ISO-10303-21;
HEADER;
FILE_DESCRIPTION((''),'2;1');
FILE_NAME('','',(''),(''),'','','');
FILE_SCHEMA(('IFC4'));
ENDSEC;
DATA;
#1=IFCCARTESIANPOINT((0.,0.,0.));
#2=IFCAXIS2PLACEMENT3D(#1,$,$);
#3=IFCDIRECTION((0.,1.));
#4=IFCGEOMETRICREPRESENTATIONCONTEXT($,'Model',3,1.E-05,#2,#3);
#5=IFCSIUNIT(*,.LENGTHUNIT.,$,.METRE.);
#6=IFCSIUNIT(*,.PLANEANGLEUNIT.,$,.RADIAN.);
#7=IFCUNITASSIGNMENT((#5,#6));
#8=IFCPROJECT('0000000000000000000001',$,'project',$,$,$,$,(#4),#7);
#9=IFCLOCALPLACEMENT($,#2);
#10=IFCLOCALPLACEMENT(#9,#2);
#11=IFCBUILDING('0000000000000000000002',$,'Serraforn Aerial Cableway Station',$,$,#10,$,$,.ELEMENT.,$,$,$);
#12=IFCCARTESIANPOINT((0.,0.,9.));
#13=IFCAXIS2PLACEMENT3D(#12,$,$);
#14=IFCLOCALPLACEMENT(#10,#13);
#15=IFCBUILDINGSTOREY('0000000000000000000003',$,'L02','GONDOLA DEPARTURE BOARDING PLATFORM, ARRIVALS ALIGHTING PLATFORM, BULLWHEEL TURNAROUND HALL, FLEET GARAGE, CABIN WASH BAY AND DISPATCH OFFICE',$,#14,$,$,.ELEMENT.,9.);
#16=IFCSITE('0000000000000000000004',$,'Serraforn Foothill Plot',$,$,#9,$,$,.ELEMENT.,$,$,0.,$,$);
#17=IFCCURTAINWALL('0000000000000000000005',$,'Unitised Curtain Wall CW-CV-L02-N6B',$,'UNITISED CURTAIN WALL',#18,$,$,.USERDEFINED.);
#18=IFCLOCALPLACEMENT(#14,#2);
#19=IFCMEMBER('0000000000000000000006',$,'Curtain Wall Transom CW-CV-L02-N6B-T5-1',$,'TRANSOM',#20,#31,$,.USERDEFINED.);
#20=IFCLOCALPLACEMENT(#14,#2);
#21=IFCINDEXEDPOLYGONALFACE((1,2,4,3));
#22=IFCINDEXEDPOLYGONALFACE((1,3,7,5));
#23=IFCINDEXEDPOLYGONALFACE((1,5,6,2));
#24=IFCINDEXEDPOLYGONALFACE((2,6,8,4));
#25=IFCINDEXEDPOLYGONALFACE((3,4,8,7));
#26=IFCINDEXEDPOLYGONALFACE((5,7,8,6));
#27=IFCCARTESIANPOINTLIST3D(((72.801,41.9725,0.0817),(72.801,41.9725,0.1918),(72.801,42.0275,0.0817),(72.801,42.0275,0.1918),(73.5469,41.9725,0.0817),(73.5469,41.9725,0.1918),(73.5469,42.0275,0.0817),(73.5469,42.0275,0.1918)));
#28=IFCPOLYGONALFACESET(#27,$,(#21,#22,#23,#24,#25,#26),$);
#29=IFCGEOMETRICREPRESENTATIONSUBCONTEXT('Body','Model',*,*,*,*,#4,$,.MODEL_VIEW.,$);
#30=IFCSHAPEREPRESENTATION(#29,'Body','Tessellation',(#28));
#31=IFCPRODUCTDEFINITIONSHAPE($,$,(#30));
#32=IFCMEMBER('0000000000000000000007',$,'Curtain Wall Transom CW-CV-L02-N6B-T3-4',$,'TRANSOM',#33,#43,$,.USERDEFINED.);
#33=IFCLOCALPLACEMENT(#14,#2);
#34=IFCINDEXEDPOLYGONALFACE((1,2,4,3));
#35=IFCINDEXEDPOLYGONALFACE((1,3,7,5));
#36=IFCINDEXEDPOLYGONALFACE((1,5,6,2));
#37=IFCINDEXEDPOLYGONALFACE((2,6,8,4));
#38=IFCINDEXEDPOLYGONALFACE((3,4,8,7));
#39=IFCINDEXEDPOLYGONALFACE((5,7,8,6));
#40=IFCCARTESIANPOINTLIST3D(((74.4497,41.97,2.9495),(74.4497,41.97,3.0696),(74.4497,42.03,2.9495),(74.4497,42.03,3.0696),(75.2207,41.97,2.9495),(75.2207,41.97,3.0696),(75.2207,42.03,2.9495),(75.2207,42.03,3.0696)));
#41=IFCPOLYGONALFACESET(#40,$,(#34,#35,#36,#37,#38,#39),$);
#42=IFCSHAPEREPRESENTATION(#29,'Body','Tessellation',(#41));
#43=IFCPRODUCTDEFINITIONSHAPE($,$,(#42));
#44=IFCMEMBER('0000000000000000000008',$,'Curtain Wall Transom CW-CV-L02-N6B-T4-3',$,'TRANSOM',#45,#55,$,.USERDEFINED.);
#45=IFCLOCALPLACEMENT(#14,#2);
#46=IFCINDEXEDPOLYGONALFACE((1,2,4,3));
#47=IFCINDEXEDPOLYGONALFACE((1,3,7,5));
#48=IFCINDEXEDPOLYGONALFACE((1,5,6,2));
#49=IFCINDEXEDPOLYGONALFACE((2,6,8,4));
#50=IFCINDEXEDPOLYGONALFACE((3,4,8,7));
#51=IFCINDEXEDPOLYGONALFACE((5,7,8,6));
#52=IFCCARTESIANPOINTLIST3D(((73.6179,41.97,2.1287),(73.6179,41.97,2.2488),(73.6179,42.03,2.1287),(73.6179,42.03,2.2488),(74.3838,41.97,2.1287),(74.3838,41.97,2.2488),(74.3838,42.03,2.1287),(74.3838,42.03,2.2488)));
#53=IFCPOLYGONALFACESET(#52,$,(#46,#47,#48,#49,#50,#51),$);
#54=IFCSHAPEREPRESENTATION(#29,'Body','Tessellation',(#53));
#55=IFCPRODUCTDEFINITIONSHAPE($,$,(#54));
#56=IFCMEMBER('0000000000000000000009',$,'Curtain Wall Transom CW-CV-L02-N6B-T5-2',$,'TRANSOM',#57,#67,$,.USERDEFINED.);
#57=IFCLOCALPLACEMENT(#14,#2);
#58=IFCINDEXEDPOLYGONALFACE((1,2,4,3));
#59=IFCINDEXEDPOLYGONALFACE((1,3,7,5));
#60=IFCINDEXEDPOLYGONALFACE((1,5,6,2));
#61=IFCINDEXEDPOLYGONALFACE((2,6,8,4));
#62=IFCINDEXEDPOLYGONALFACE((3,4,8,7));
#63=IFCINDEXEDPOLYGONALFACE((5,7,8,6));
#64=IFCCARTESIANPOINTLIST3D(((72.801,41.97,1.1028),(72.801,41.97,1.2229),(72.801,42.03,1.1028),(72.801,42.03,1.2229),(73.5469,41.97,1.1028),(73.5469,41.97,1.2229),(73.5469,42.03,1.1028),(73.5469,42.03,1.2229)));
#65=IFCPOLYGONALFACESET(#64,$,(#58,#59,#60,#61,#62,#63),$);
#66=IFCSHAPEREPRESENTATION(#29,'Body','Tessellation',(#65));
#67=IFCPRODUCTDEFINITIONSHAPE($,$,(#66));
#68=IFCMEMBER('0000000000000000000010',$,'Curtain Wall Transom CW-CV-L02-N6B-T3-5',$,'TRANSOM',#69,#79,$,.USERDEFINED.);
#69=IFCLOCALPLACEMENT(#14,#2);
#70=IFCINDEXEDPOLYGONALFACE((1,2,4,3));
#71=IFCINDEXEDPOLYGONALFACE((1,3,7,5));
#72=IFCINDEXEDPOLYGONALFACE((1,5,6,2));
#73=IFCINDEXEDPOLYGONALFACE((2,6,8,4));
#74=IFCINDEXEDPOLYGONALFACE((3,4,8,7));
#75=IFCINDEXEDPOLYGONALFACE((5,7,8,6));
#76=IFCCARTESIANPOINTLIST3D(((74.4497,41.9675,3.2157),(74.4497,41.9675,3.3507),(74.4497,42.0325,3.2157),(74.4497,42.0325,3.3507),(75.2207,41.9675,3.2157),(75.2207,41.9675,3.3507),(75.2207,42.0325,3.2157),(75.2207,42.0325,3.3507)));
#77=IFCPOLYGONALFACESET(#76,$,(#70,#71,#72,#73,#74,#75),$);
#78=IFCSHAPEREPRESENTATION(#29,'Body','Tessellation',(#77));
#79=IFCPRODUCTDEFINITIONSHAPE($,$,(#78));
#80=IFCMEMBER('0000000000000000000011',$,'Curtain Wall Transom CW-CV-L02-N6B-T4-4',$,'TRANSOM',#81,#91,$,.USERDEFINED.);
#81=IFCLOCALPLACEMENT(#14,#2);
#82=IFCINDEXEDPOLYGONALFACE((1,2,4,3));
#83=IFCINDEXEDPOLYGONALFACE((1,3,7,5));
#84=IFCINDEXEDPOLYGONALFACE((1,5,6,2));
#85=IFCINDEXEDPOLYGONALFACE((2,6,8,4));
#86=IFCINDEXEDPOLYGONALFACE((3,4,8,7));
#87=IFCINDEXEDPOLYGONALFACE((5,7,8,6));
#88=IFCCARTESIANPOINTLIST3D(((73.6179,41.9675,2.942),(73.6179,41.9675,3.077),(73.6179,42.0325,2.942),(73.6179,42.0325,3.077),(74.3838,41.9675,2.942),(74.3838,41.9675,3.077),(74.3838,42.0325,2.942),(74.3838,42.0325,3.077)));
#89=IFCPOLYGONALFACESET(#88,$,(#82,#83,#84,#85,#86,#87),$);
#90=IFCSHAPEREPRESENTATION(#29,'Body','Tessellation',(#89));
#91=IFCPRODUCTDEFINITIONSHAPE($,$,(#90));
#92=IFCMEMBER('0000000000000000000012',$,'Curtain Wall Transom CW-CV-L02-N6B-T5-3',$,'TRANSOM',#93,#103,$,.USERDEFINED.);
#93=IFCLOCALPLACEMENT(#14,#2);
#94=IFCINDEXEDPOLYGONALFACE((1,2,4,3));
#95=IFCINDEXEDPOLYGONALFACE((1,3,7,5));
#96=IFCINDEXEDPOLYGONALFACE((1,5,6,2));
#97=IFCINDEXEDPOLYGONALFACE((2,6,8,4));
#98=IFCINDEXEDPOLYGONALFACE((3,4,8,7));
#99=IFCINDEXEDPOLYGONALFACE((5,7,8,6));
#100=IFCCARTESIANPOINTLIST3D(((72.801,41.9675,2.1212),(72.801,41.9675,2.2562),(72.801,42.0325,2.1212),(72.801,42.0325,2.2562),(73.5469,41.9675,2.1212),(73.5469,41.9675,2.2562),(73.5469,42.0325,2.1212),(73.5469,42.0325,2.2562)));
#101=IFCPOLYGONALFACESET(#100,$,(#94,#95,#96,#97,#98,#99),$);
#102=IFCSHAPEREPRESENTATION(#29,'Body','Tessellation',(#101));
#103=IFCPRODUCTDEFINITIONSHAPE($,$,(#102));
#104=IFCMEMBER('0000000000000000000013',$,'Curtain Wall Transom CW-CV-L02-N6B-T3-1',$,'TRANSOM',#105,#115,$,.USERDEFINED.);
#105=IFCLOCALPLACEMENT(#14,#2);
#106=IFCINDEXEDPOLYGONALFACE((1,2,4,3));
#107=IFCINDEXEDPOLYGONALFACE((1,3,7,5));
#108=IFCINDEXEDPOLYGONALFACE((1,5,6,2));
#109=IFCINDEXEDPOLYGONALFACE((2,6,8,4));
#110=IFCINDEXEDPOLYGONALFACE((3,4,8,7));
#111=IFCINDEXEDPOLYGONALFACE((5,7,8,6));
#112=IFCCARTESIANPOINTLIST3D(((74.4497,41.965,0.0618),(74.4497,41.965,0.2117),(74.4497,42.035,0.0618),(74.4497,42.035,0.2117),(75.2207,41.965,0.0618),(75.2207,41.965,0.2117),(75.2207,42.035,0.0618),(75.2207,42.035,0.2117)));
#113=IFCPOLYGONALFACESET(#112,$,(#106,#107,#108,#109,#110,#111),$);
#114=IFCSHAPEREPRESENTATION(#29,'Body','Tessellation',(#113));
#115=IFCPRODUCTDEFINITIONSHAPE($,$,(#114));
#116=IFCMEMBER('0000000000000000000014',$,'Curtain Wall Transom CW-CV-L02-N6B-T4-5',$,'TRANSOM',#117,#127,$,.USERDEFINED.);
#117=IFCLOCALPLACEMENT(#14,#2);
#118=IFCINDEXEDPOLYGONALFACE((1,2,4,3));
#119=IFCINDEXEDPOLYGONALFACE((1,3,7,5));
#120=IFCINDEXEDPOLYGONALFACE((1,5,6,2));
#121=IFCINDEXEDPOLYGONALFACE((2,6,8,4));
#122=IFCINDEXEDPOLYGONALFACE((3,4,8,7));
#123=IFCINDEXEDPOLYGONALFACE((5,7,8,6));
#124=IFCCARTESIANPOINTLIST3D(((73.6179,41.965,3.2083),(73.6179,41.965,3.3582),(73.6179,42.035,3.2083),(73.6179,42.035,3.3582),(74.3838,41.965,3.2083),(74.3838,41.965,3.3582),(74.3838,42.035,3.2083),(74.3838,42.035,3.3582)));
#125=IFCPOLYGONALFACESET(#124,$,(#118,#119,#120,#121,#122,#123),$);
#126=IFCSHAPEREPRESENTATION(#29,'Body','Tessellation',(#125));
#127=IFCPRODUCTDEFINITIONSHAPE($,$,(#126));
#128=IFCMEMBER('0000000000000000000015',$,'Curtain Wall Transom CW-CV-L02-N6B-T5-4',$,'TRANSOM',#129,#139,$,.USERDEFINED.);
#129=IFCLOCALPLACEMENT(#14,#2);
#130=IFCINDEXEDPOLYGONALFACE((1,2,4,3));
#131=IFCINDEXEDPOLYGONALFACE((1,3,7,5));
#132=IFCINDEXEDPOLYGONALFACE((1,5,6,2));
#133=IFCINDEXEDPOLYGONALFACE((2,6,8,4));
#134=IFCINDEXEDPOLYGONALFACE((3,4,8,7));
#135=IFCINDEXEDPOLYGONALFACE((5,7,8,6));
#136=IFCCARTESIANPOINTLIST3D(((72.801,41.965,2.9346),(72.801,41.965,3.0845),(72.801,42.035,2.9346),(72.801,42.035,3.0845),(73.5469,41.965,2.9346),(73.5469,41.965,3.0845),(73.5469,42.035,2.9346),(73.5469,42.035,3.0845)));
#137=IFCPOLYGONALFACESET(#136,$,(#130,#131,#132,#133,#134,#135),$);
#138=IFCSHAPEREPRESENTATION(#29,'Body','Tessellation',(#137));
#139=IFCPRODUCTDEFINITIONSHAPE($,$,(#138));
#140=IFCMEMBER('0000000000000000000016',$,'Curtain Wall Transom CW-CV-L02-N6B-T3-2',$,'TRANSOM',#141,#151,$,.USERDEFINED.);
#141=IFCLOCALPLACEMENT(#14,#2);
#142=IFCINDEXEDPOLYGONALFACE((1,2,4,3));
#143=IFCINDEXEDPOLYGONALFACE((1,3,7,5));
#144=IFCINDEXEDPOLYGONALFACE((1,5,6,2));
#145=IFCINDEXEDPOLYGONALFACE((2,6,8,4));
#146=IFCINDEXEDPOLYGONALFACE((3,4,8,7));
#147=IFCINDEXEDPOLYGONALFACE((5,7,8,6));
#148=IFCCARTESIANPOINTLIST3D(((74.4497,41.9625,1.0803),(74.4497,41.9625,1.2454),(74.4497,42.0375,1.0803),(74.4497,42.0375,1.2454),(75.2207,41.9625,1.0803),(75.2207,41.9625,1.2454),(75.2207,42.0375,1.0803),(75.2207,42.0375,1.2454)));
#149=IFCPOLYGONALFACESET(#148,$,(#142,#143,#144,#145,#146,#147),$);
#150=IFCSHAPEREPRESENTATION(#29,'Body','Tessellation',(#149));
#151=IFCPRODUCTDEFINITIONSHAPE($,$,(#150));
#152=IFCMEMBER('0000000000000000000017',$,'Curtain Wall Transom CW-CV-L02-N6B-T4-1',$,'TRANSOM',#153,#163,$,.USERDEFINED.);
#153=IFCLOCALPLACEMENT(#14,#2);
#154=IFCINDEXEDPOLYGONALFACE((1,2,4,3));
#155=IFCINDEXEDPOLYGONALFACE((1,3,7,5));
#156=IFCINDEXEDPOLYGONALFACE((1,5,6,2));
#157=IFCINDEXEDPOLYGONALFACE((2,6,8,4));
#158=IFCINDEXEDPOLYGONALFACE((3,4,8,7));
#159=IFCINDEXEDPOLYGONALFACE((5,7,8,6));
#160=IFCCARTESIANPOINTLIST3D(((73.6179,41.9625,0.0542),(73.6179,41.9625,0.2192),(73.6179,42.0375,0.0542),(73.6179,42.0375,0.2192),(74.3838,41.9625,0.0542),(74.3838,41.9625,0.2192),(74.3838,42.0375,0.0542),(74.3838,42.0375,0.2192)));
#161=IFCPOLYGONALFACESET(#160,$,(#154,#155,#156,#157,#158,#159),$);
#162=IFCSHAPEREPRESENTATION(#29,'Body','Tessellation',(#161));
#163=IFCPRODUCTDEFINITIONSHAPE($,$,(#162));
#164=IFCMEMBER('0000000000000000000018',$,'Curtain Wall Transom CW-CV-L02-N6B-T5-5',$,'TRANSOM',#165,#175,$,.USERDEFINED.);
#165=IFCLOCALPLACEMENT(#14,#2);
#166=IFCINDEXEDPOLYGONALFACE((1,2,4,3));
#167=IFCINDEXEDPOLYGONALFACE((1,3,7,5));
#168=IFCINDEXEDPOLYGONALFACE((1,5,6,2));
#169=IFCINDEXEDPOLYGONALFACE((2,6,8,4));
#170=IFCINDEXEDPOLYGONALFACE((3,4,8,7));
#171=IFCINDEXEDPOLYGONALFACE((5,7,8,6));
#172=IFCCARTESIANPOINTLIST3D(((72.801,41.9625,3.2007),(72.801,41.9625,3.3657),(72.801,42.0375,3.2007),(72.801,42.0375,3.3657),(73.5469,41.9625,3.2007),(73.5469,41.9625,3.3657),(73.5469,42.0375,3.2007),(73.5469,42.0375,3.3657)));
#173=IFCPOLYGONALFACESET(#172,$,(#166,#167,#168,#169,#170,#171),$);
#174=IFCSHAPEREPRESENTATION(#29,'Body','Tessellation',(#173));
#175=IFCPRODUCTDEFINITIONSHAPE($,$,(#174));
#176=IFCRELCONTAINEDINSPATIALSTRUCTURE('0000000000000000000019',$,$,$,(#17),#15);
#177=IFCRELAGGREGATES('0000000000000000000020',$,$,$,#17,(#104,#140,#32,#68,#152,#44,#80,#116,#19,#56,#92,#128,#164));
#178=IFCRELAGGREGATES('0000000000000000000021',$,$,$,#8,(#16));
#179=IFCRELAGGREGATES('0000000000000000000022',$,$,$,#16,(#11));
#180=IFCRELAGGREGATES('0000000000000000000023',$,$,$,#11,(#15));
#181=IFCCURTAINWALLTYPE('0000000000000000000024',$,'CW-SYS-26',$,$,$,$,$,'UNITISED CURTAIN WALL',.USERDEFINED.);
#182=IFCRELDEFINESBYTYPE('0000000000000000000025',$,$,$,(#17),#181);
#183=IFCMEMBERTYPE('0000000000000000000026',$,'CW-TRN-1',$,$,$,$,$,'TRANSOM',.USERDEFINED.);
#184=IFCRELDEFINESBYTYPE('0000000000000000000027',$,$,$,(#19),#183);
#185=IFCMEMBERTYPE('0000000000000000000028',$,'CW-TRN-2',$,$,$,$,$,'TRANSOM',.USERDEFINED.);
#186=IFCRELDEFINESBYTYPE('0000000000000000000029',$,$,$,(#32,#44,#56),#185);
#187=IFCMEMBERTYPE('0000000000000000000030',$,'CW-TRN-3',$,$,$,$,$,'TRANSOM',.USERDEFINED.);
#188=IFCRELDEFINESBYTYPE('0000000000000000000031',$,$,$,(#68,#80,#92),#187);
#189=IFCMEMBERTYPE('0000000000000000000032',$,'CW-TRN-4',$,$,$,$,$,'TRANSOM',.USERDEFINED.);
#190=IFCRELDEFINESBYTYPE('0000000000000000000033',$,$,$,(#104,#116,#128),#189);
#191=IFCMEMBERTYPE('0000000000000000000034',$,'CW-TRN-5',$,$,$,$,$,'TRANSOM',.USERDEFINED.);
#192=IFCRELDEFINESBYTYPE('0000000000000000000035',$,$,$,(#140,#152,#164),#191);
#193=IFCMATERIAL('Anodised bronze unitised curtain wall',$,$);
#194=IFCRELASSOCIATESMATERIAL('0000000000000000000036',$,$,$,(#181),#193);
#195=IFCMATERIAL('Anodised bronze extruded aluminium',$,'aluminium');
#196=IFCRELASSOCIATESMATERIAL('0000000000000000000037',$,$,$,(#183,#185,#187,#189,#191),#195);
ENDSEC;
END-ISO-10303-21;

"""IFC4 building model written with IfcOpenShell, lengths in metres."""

from ifc_helpers import new_model, si_unit, direction, frame, origin, origin_2d, place, context, subcontext, project, spatial, rectangle, extrude, material, material_profile, profile_set, type_object, element, aggregate, save


model = new_model("IFC4")

# Units and contexts
model_context = context("Model", 3, precision=1e-05, world=origin(), true_north=direction((0.0, 1.0)))
body_context = subcontext(model_context, "Body", "Model", "MODEL_VIEW")
ifc_project = project(units=[si_unit("LENGTHUNIT", "METRE"), si_unit("PLANEANGLEUNIT", "RADIAN")], contexts=[model_context])

# Site, building, storey
site_placement = place(None, origin())
site = spatial("IfcSite", under=ifc_project, at=site_placement, Name="Serraforn Foothill Plot", CompositionType="ELEMENT", RefElevation=0.0)
building_placement = place(site_placement, origin())
building = spatial("IfcBuilding", under=site, at=building_placement, Name="Serraforn Aerial Cableway Station", CompositionType="ELEMENT")
storey_placement = place(building_placement, frame((0.0, 0.0, 9.0)))
storey = spatial("IfcBuildingStorey", under=building, at=storey_placement, Name="L02", Description="GONDOLA DEPARTURE BOARDING PLATFORM, ARRIVALS ALIGHTING PLATFORM, BULLWHEEL TURNAROUND HALL, FLEET GARAGE, CABIN WASH BAY AND DISPATCH OFFICE", CompositionType="ELEMENT", Elevation=9.0)

# Curtain wall, members
ifc_material_1 = material(Name="Anodised bronze unitised curtain wall")
curtain_wall_type = type_object("IfcCurtainWallType", Name="CW-SYS-26", ElementType="UNITISED CURTAIN WALL", PredefinedType="USERDEFINED", material=ifc_material_1)
curtain_wall_placement = place(storey_placement, origin())
curtain_wall = element("IfcCurtainWall", 1, at=curtain_wall_placement, inside=storey, type_object=curtain_wall_type, Name="Unitised Curtain Wall CW-CV-L02-N6B", ObjectType="UNITISED CURTAIN WALL", PredefinedType="USERDEFINED")
ifc_material_2 = material(Name="Anodised bronze extruded aluminium", Category="aluminium")
ifc_material_profile_1 = material_profile(ifc_material_2, rectangle(XDim=0.0549, YDim=0.1101, at=origin_2d()), Name="CW TRANSOM 55x110")
ifc_profile_set_1 = profile_set([ifc_material_profile_1], Name="Anodised bronze extruded aluminium")
member_type_1 = type_object("IfcMemberType", Name="CW-TRN-1", ElementType="TRANSOM", PredefinedType="USERDEFINED", material=ifc_profile_set_1)
member_1_placement = place(storey_placement, frame((73.5469, 42.0, 0.1367), z_axis=(-1.0, 0.0, 0.0), x_axis=(0.0, -1.0, 0.0)))
member_1 = element("IfcMember", 2, at=member_1_placement, type_object=member_type_1, Name="Curtain Wall Transom CW-CV-L02-N6B-T5-1", ObjectType="TRANSOM", PredefinedType="USERDEFINED", context=body_context, shape_type="SweptSolid", body=[
    extrude(rectangle(XDim=0.0549, YDim=0.1101, at=origin_2d()), origin(), (0.0, 0.0, 1.0), 0.7458),
])
ifc_material_profile_2 = material_profile(ifc_material_2, rectangle(XDim=0.0601, YDim=0.1201, at=origin_2d()), Name="CW TRANSOM 60x120")
ifc_profile_set_2 = profile_set([ifc_material_profile_2], Name="Anodised bronze extruded aluminium")
member_type_2 = type_object("IfcMemberType", Name="CW-TRN-2", ElementType="TRANSOM", PredefinedType="USERDEFINED", material=ifc_profile_set_2)
member_2_placement = place(storey_placement, frame((75.2207, 42.0, 3.0095), z_axis=(-1.0, 0.0, 0.0), x_axis=(0.0, -1.0, 0.0)))
member_2 = element("IfcMember", 3, at=member_2_placement, type_object=member_type_2, Name="Curtain Wall Transom CW-CV-L02-N6B-T3-4", ObjectType="TRANSOM", PredefinedType="USERDEFINED", context=body_context, shape_type="SweptSolid", body=[
    extrude(rectangle(XDim=0.0601, YDim=0.1201, at=origin_2d()), origin(), (0.0, 0.0, 1.0), 0.771),
])
member_3_placement = place(storey_placement, frame((74.3838, 42.0, 2.1887), z_axis=(-1.0, 0.0, 0.0), x_axis=(0.0, -1.0, 0.0)))
member_3 = element("IfcMember", 4, at=member_3_placement, type_object=member_type_2, Name="Curtain Wall Transom CW-CV-L02-N6B-T4-3", ObjectType="TRANSOM", PredefinedType="USERDEFINED", context=body_context, shape_type="SweptSolid", body=[
    extrude(rectangle(XDim=0.0601, YDim=0.1201, at=origin_2d()), origin(), (0.0, 0.0, 1.0), 0.7659),
])
member_4_placement = place(storey_placement, frame((73.5469, 42.0, 1.1628), z_axis=(-1.0, 0.0, 0.0), x_axis=(0.0, -1.0, 0.0)))
member_4 = element("IfcMember", 5, at=member_4_placement, type_object=member_type_2, Name="Curtain Wall Transom CW-CV-L02-N6B-T5-2", ObjectType="TRANSOM", PredefinedType="USERDEFINED", context=body_context, shape_type="SweptSolid", body=[
    extrude(rectangle(XDim=0.0601, YDim=0.1201, at=origin_2d()), origin(), (0.0, 0.0, 1.0), 0.7458),
])
ifc_material_profile_3 = material_profile(ifc_material_2, rectangle(XDim=0.0649, YDim=0.135, at=origin_2d()), Name="CW TRANSOM 65x135")
ifc_profile_set_3 = profile_set([ifc_material_profile_3], Name="Anodised bronze extruded aluminium")
member_type_3 = type_object("IfcMemberType", Name="CW-TRN-3", ElementType="TRANSOM", PredefinedType="USERDEFINED", material=ifc_profile_set_3)
member_5_placement = place(storey_placement, frame((75.2207, 42.0, 3.2832), z_axis=(-1.0, 0.0, 0.0), x_axis=(0.0, -1.0, 0.0)))
member_5 = element("IfcMember", 6, at=member_5_placement, type_object=member_type_3, Name="Curtain Wall Transom CW-CV-L02-N6B-T3-5", ObjectType="TRANSOM", PredefinedType="USERDEFINED", context=body_context, shape_type="SweptSolid", body=[
    extrude(rectangle(XDim=0.0649, YDim=0.135, at=origin_2d()), origin(), (0.0, 0.0, 1.0), 0.771),
])
member_6_placement = place(storey_placement, frame((74.3838, 42.0, 3.0095), z_axis=(-1.0, 0.0, 0.0), x_axis=(0.0, -1.0, 0.0)))
member_6 = element("IfcMember", 7, at=member_6_placement, type_object=member_type_3, Name="Curtain Wall Transom CW-CV-L02-N6B-T4-4", ObjectType="TRANSOM", PredefinedType="USERDEFINED", context=body_context, shape_type="SweptSolid", body=[
    extrude(rectangle(XDim=0.0649, YDim=0.135, at=origin_2d()), origin(), (0.0, 0.0, 1.0), 0.7659),
])
member_7_placement = place(storey_placement, frame((73.5469, 42.0, 2.1887), z_axis=(-1.0, 0.0, 0.0), x_axis=(0.0, -1.0, 0.0)))
member_7 = element("IfcMember", 8, at=member_7_placement, type_object=member_type_3, Name="Curtain Wall Transom CW-CV-L02-N6B-T5-3", ObjectType="TRANSOM", PredefinedType="USERDEFINED", context=body_context, shape_type="SweptSolid", body=[
    extrude(rectangle(XDim=0.0649, YDim=0.135, at=origin_2d()), origin(), (0.0, 0.0, 1.0), 0.7458),
])
ifc_material_profile_4 = material_profile(ifc_material_2, rectangle(XDim=0.0701, YDim=0.1499, at=origin_2d()), Name="CW TRANSOM 70x150")
ifc_profile_set_4 = profile_set([ifc_material_profile_4], Name="Anodised bronze extruded aluminium")
member_type_4 = type_object("IfcMemberType", Name="CW-TRN-4", ElementType="TRANSOM", PredefinedType="USERDEFINED", material=ifc_profile_set_4)
member_8_placement = place(storey_placement, frame((75.2207, 42.0, 0.1367), z_axis=(-1.0, 0.0, 0.0), x_axis=(0.0, -1.0, 0.0)))
member_8 = element("IfcMember", 9, at=member_8_placement, type_object=member_type_4, Name="Curtain Wall Transom CW-CV-L02-N6B-T3-1", ObjectType="TRANSOM", PredefinedType="USERDEFINED", context=body_context, shape_type="SweptSolid", body=[
    extrude(rectangle(XDim=0.0701, YDim=0.1499, at=origin_2d()), origin(), (0.0, 0.0, 1.0), 0.771),
])
member_9_placement = place(storey_placement, frame((74.3838, 42.0, 3.2832), z_axis=(-1.0, 0.0, 0.0), x_axis=(0.0, -1.0, 0.0)))
member_9 = element("IfcMember", 10, at=member_9_placement, type_object=member_type_4, Name="Curtain Wall Transom CW-CV-L02-N6B-T4-5", ObjectType="TRANSOM", PredefinedType="USERDEFINED", context=body_context, shape_type="SweptSolid", body=[
    extrude(rectangle(XDim=0.0701, YDim=0.1499, at=origin_2d()), origin(), (0.0, 0.0, 1.0), 0.7659),
])
member_10_placement = place(storey_placement, frame((73.5469, 42.0, 3.0095), z_axis=(-1.0, 0.0, 0.0), x_axis=(0.0, -1.0, 0.0)))
member_10 = element("IfcMember", 11, at=member_10_placement, type_object=member_type_4, Name="Curtain Wall Transom CW-CV-L02-N6B-T5-4", ObjectType="TRANSOM", PredefinedType="USERDEFINED", context=body_context, shape_type="SweptSolid", body=[
    extrude(rectangle(XDim=0.0701, YDim=0.1499, at=origin_2d()), origin(), (0.0, 0.0, 1.0), 0.7458),
])
ifc_material_profile_5 = material_profile(ifc_material_2, rectangle(XDim=0.075, YDim=0.165, at=origin_2d()), Name="CW TRANSOM 75x165")
ifc_profile_set_5 = profile_set([ifc_material_profile_5], Name="Anodised bronze extruded aluminium")
member_type_5 = type_object("IfcMemberType", Name="CW-TRN-5", ElementType="TRANSOM", PredefinedType="USERDEFINED", material=ifc_profile_set_5)
member_11_placement = place(storey_placement, frame((75.2207, 42.0, 1.1628), z_axis=(-1.0, 0.0, 0.0), x_axis=(0.0, -1.0, 0.0)))
member_11 = element("IfcMember", 12, at=member_11_placement, type_object=member_type_5, Name="Curtain Wall Transom CW-CV-L02-N6B-T3-2", ObjectType="TRANSOM", PredefinedType="USERDEFINED", context=body_context, shape_type="SweptSolid", body=[
    extrude(rectangle(XDim=0.075, YDim=0.165, at=origin_2d()), origin(), (0.0, 0.0, 1.0), 0.771),
])
member_12_placement = place(storey_placement, frame((74.3838, 42.0, 0.1367), z_axis=(-1.0, 0.0, 0.0), x_axis=(0.0, -1.0, 0.0)))
member_12 = element("IfcMember", 13, at=member_12_placement, type_object=member_type_5, Name="Curtain Wall Transom CW-CV-L02-N6B-T4-1", ObjectType="TRANSOM", PredefinedType="USERDEFINED", context=body_context, shape_type="SweptSolid", body=[
    extrude(rectangle(XDim=0.075, YDim=0.165, at=origin_2d()), origin(), (0.0, 0.0, 1.0), 0.7659),
])
member_13_placement = place(storey_placement, frame((73.5469, 42.0, 3.2832), z_axis=(-1.0, 0.0, 0.0), x_axis=(0.0, -1.0, 0.0)))
member_13 = element("IfcMember", 14, at=member_13_placement, type_object=member_type_5, Name="Curtain Wall Transom CW-CV-L02-N6B-T5-5", ObjectType="TRANSOM", PredefinedType="USERDEFINED", context=body_context, shape_type="SweptSolid", body=[
    extrude(rectangle(XDim=0.075, YDim=0.165, at=origin_2d()), origin(), (0.0, 0.0, 1.0), 0.7458),
])
aggregate(curtain_wall, [member_8, member_11, member_2, member_5, member_12, member_3, member_6, member_9, member_1, member_4, member_7, member_10, member_13])

save(model, "model.ifc")
